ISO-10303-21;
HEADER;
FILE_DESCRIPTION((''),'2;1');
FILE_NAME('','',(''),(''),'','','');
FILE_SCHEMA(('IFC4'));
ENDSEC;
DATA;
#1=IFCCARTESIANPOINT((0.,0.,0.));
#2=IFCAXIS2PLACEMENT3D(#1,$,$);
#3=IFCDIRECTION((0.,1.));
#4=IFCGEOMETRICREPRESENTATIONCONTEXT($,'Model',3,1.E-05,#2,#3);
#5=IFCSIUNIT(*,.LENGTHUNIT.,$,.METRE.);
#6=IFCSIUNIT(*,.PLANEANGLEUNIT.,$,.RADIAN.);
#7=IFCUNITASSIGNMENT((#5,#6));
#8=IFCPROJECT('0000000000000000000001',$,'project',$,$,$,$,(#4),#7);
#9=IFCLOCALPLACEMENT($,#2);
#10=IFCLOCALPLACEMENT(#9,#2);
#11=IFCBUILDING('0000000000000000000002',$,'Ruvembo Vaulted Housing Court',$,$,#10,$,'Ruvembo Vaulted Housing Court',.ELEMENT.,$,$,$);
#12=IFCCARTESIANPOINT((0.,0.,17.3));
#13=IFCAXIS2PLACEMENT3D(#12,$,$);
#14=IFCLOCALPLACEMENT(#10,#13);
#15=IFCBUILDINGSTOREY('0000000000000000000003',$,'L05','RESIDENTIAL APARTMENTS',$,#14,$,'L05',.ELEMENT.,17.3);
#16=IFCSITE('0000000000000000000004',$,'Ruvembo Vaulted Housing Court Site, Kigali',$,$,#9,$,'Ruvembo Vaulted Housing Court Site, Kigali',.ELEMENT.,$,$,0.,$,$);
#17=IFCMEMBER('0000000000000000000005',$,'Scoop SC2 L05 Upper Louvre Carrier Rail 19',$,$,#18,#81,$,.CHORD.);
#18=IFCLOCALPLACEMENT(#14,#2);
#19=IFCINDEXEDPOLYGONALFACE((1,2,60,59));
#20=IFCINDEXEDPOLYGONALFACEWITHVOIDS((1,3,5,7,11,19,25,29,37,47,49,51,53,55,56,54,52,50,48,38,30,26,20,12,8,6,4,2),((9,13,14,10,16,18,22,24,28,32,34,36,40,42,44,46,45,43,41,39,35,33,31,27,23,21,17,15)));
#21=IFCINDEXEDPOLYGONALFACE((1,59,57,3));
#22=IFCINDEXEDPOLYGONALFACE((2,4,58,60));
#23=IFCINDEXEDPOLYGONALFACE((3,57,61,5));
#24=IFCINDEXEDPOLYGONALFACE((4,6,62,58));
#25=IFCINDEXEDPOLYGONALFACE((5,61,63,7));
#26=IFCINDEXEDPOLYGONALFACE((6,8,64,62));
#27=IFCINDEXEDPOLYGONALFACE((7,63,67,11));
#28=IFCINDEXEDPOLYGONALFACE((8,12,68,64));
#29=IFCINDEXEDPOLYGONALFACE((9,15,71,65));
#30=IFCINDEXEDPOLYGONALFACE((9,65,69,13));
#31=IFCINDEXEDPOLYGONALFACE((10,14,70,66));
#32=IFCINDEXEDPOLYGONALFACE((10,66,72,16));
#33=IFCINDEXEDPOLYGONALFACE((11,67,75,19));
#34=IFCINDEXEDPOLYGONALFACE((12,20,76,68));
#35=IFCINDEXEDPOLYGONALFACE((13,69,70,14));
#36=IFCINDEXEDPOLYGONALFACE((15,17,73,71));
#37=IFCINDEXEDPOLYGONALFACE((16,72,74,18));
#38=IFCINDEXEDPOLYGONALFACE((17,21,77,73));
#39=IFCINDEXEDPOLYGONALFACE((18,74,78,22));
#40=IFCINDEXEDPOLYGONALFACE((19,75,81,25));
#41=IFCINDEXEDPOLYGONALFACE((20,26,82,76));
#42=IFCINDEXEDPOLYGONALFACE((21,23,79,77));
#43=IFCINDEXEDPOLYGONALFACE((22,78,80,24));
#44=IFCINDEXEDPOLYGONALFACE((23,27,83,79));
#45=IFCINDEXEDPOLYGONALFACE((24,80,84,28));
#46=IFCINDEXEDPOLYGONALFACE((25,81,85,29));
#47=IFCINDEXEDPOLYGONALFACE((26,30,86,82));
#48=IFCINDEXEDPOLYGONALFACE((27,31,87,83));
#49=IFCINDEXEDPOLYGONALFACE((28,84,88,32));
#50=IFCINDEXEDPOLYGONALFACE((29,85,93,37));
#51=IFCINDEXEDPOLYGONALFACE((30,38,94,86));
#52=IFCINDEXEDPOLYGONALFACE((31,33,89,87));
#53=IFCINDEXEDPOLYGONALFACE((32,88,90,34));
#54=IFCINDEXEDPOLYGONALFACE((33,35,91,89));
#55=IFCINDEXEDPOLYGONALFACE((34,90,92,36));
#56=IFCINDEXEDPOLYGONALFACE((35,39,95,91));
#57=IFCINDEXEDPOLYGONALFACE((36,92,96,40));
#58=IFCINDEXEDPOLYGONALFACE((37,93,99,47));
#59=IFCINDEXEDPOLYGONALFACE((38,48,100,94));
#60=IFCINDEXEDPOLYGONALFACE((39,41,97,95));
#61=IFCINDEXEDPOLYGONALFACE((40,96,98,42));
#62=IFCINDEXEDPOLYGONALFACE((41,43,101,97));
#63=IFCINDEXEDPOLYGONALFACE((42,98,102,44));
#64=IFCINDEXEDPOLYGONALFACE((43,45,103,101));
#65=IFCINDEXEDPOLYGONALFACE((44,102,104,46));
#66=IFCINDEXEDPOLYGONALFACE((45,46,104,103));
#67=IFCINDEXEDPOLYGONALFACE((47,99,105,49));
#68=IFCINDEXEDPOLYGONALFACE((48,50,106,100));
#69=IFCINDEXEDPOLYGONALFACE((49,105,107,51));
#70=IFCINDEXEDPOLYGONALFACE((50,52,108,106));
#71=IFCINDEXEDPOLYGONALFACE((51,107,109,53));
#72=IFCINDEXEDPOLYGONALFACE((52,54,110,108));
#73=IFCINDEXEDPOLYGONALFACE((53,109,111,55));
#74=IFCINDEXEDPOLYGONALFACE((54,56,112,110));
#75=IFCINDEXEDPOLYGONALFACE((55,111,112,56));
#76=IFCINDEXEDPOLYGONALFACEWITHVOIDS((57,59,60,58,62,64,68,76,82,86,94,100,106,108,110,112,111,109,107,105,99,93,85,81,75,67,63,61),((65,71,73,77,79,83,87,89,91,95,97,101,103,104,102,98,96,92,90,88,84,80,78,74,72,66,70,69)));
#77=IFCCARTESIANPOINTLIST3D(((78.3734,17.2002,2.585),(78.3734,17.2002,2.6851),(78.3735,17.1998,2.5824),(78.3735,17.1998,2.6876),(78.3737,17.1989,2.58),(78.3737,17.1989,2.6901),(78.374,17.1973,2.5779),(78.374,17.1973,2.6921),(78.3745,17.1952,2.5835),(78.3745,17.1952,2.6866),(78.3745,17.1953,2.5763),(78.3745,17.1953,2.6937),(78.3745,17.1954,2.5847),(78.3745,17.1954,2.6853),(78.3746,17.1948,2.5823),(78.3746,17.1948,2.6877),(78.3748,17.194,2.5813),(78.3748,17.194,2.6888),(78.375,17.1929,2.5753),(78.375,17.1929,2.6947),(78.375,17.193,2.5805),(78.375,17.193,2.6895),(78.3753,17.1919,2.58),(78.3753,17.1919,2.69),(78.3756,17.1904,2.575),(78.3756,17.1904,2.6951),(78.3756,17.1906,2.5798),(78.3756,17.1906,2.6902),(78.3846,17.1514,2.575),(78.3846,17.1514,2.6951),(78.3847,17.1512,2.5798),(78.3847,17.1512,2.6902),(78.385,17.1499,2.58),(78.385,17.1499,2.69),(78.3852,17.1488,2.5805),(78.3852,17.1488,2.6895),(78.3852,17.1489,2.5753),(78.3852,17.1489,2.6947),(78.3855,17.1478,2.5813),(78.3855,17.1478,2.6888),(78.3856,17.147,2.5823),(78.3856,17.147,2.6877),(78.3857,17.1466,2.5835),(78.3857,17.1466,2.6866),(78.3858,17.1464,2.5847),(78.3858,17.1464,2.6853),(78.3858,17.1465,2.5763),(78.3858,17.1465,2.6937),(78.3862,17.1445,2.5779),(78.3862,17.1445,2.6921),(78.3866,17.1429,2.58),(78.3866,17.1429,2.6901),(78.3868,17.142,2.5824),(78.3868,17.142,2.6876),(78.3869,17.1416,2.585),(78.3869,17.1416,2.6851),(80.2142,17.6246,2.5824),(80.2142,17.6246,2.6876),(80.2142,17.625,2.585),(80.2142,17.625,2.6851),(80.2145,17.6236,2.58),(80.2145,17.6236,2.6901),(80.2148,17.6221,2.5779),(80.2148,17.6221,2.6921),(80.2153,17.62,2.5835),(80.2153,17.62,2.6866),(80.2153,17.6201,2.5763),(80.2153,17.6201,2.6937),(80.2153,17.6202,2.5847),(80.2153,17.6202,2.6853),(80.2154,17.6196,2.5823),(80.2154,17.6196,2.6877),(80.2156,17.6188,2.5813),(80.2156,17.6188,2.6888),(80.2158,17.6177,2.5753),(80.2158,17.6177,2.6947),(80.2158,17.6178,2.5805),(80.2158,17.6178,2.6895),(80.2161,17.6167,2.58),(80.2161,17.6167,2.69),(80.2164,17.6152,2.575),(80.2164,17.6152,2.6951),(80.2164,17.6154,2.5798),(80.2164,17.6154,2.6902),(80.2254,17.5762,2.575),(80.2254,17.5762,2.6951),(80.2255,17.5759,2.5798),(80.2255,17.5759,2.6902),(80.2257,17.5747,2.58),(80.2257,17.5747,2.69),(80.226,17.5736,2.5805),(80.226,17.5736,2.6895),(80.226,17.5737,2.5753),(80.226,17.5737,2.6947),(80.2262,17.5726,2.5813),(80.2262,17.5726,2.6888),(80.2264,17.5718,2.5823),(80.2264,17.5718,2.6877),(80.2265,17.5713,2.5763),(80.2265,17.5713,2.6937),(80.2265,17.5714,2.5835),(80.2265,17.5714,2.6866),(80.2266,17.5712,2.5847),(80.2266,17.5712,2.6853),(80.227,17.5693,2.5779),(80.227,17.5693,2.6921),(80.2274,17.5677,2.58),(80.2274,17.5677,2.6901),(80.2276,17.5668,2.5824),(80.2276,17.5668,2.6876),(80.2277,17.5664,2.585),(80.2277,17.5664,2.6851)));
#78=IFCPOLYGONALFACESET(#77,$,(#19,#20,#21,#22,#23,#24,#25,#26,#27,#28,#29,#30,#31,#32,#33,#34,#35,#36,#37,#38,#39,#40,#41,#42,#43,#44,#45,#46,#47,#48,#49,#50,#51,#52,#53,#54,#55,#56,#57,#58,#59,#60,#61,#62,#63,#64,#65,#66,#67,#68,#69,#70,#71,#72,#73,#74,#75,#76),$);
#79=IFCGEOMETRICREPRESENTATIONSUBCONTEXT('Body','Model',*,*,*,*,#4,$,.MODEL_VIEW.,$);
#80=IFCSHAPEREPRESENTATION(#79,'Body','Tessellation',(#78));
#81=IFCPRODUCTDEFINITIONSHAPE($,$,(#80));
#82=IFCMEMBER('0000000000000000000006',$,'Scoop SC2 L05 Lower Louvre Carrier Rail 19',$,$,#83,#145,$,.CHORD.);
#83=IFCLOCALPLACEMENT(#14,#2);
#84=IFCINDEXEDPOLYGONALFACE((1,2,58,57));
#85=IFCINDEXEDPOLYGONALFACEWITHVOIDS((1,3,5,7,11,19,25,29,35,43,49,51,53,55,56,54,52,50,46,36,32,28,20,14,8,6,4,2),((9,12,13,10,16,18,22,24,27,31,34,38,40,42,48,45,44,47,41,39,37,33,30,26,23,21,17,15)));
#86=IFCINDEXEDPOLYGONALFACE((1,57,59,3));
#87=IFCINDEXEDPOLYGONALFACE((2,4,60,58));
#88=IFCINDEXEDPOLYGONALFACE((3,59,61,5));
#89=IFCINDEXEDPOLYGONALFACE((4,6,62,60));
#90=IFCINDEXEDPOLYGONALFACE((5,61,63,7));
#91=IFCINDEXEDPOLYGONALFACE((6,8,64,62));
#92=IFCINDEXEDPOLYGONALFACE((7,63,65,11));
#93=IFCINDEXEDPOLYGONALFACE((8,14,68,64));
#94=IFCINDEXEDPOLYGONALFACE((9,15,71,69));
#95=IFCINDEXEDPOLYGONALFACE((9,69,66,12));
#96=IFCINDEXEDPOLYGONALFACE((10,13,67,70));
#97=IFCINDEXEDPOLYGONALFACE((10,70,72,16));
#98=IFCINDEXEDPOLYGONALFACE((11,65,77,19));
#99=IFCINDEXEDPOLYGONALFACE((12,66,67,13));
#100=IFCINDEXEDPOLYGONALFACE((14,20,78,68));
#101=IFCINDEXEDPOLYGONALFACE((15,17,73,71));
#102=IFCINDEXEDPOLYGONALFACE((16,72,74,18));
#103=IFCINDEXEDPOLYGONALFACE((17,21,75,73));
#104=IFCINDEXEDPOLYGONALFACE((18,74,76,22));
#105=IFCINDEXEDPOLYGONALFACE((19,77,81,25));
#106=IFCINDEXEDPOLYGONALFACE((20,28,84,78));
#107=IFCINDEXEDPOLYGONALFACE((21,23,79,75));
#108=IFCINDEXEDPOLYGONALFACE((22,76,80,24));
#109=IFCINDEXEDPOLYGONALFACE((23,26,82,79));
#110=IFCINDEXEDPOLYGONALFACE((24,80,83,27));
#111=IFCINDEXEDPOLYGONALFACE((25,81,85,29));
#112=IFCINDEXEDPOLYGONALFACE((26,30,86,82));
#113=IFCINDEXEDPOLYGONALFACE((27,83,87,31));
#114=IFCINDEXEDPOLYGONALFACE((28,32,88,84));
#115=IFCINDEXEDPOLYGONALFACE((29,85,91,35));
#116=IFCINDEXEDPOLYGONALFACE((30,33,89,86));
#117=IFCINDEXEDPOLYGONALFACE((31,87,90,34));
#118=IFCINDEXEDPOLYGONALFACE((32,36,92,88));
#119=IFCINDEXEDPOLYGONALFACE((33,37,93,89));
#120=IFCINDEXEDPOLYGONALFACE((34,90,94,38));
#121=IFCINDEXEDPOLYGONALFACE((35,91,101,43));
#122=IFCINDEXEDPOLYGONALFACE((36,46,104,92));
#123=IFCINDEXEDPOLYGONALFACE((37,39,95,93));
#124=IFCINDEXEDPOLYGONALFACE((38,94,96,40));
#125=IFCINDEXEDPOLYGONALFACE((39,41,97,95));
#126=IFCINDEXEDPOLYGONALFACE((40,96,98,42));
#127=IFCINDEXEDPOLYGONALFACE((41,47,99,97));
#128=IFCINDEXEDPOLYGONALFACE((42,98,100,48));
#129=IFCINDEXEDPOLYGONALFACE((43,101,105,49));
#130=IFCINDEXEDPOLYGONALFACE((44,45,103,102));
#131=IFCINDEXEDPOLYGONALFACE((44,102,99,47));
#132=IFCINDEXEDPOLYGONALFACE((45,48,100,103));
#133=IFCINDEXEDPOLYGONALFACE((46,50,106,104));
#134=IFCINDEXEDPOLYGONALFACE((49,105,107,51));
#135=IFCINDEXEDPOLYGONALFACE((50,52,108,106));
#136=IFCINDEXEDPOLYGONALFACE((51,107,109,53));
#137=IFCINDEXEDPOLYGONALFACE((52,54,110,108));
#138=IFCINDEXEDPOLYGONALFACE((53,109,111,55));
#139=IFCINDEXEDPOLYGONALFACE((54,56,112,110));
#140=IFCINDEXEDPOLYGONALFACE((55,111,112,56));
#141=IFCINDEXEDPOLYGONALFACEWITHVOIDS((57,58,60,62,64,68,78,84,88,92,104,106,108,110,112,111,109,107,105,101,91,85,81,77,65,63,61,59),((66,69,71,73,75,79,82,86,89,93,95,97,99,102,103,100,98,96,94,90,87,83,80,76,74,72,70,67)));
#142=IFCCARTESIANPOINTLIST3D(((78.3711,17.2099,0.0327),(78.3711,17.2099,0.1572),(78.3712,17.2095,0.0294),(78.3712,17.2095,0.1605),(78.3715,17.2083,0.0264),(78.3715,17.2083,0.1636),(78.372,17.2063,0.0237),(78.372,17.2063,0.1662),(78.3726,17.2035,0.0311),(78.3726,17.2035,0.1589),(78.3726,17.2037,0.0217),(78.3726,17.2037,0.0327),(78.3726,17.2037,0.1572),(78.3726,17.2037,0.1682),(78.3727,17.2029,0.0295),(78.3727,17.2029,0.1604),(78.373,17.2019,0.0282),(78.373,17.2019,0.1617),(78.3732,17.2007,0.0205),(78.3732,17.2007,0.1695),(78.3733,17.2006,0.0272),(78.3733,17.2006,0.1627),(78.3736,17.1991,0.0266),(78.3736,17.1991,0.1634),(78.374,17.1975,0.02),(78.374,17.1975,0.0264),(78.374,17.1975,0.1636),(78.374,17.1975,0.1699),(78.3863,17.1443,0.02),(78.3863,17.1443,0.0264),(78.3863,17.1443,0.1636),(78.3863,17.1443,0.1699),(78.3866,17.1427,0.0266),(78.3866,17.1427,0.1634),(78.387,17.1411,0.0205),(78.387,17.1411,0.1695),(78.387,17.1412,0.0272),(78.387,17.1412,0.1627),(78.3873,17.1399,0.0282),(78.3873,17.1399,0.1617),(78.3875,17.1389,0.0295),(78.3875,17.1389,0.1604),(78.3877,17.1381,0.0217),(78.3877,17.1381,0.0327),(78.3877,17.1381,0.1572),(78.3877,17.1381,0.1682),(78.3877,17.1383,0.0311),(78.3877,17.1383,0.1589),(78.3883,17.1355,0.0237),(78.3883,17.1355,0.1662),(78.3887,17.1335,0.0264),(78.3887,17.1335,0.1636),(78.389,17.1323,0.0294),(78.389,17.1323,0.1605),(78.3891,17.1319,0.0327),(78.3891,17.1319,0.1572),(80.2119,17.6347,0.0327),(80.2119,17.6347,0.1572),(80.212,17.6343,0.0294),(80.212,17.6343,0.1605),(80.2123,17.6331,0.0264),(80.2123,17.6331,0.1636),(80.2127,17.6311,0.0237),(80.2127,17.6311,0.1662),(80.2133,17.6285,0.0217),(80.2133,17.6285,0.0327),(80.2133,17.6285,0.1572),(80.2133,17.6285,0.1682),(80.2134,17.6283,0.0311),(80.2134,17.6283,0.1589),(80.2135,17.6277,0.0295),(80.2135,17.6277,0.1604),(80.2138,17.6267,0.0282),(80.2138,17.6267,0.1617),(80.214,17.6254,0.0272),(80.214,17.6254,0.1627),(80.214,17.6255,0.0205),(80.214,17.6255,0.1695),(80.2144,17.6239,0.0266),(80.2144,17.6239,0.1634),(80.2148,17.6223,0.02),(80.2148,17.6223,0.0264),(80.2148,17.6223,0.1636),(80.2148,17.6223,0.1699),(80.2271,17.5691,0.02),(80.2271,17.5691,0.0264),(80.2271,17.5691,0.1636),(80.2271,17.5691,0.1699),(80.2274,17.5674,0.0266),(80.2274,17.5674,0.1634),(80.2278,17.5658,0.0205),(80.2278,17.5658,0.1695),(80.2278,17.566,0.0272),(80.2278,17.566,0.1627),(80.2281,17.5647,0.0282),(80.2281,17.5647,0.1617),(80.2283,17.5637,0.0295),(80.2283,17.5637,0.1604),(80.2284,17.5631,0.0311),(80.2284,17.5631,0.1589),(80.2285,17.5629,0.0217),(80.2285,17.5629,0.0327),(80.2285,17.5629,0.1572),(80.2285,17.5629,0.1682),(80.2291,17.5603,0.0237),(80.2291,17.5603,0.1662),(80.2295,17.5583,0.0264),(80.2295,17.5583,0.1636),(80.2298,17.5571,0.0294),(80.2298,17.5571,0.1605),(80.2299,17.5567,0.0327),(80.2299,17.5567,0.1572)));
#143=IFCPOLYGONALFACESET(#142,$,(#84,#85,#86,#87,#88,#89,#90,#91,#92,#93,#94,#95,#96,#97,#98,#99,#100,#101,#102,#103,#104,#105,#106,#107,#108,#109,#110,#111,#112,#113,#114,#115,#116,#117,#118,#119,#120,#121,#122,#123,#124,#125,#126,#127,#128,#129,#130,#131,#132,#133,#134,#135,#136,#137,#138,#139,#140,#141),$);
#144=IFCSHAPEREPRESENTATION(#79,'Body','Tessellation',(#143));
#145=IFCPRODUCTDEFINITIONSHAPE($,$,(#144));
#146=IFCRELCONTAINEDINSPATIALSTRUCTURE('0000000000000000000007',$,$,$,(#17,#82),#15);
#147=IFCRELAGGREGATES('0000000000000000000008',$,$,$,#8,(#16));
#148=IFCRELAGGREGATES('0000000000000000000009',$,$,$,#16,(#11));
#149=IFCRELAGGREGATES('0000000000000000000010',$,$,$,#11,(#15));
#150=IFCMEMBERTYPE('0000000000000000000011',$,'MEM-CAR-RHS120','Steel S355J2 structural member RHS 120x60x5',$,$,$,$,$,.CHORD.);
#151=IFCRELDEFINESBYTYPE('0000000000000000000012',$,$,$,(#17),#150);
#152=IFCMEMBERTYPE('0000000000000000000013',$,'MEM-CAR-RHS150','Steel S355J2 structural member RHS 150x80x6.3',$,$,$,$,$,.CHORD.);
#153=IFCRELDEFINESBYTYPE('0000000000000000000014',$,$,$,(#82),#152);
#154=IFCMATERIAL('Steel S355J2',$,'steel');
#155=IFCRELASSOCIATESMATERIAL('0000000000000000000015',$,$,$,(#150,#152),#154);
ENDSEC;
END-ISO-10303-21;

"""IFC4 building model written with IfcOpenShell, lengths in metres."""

from ifc_helpers import new_model, si_unit, direction, frame, origin, origin_2d, place, context, subcontext, project, spatial, hollow_rectangle, extrude, material, material_profile, profile_set, type_object, element, save


model = new_model("IFC4")

# Units and contexts
model_context = context("Model", 3, precision=1e-05, world=origin(), true_north=direction((0.0, 1.0)))
body_context = subcontext(model_context, "Body", "Model", "MODEL_VIEW")
ifc_project = project(units=[si_unit("LENGTHUNIT", "METRE"), si_unit("PLANEANGLEUNIT", "RADIAN")], contexts=[model_context])

# Site, building, storey
site_placement = place(None, origin())
site = spatial("IfcSite", under=ifc_project, at=site_placement, Name="Ruvembo Vaulted Housing Court Site, Kigali", LongName="Ruvembo Vaulted Housing Court Site, Kigali", CompositionType="ELEMENT", RefElevation=0.0)
building_placement = place(site_placement, origin())
building = spatial("IfcBuilding", under=site, at=building_placement, Name="Ruvembo Vaulted Housing Court", LongName="Ruvembo Vaulted Housing Court", CompositionType="ELEMENT")
storey_placement = place(building_placement, frame((0.0, 0.0, 17.3)))
storey = spatial("IfcBuildingStorey", under=building, at=storey_placement, Name="L05", Description="RESIDENTIAL APARTMENTS", LongName="L05", CompositionType="ELEMENT", Elevation=17.3)

# Shared definitions
ifc_material_1 = material(Name="Steel S355J2", Category="steel")

# Members
ifc_material_profile_1 = material_profile(ifc_material_1, hollow_rectangle(XDim=0.0601, YDim=0.1201, WallThickness=0.0049, InnerFilletRadius=0.0049, OuterFilletRadius=0.01, at=origin_2d()), Name="RHS 120x60x5")
ifc_profile_set_1 = profile_set([ifc_material_profile_1], Name="Steel S355J2")
member_type_1 = type_object("IfcMemberType", Name="MEM-CAR-RHS120", Description="Steel S355J2 structural member RHS 120x60x5", PredefinedType="CHORD", material=ifc_profile_set_1)
member_1_placement = place(storey_placement, frame((78.3801, 17.1709, 2.635), z_axis=(0.974391, 0.22486, 0.0), x_axis=(-0.22486, 0.974391, 0.0)))
element("IfcMember", 1, at=member_1_placement, inside=storey, type_object=member_type_1, Name="Scoop SC2 L05 Upper Louvre Carrier Rail 19", PredefinedType="CHORD", context=body_context, shape_type="SweptSolid", body=[
    extrude(hollow_rectangle(XDim=0.0601, YDim=0.1201, WallThickness=0.0049, InnerFilletRadius=0.0049, OuterFilletRadius=0.01, at=origin_2d()), origin(), (0.0, 0.0, 1.0), 1.8892),
])
ifc_material_profile_2 = material_profile(ifc_material_1, hollow_rectangle(XDim=0.0801, YDim=0.1499, WallThickness=0.0063, InnerFilletRadius=0.0063, OuterFilletRadius=0.0127, at=origin_2d()), Name="RHS 150x80x6.3")
ifc_profile_set_2 = profile_set([ifc_material_profile_2], Name="Steel S355J2")
member_type_2 = type_object("IfcMemberType", Name="MEM-CAR-RHS150", Description="Steel S355J2 structural member RHS 150x80x6.3", PredefinedType="CHORD", material=ifc_profile_set_2)
member_2_placement = place(storey_placement, frame((78.3801, 17.1709, 0.095), z_axis=(0.974391, 0.22486, 0.0), x_axis=(-0.22486, 0.974391, 0.0)))
element("IfcMember", 2, at=member_2_placement, inside=storey, type_object=member_type_2, Name="Scoop SC2 L05 Lower Louvre Carrier Rail 19", PredefinedType="CHORD", context=body_context, shape_type="SweptSolid", body=[
    extrude(hollow_rectangle(XDim=0.0801, YDim=0.1499, WallThickness=0.0063, InnerFilletRadius=0.0063, OuterFilletRadius=0.0127, at=origin_2d()), origin(), (0.0, 0.0, 1.0), 1.8892),
])

save(model, "model.ifc")
